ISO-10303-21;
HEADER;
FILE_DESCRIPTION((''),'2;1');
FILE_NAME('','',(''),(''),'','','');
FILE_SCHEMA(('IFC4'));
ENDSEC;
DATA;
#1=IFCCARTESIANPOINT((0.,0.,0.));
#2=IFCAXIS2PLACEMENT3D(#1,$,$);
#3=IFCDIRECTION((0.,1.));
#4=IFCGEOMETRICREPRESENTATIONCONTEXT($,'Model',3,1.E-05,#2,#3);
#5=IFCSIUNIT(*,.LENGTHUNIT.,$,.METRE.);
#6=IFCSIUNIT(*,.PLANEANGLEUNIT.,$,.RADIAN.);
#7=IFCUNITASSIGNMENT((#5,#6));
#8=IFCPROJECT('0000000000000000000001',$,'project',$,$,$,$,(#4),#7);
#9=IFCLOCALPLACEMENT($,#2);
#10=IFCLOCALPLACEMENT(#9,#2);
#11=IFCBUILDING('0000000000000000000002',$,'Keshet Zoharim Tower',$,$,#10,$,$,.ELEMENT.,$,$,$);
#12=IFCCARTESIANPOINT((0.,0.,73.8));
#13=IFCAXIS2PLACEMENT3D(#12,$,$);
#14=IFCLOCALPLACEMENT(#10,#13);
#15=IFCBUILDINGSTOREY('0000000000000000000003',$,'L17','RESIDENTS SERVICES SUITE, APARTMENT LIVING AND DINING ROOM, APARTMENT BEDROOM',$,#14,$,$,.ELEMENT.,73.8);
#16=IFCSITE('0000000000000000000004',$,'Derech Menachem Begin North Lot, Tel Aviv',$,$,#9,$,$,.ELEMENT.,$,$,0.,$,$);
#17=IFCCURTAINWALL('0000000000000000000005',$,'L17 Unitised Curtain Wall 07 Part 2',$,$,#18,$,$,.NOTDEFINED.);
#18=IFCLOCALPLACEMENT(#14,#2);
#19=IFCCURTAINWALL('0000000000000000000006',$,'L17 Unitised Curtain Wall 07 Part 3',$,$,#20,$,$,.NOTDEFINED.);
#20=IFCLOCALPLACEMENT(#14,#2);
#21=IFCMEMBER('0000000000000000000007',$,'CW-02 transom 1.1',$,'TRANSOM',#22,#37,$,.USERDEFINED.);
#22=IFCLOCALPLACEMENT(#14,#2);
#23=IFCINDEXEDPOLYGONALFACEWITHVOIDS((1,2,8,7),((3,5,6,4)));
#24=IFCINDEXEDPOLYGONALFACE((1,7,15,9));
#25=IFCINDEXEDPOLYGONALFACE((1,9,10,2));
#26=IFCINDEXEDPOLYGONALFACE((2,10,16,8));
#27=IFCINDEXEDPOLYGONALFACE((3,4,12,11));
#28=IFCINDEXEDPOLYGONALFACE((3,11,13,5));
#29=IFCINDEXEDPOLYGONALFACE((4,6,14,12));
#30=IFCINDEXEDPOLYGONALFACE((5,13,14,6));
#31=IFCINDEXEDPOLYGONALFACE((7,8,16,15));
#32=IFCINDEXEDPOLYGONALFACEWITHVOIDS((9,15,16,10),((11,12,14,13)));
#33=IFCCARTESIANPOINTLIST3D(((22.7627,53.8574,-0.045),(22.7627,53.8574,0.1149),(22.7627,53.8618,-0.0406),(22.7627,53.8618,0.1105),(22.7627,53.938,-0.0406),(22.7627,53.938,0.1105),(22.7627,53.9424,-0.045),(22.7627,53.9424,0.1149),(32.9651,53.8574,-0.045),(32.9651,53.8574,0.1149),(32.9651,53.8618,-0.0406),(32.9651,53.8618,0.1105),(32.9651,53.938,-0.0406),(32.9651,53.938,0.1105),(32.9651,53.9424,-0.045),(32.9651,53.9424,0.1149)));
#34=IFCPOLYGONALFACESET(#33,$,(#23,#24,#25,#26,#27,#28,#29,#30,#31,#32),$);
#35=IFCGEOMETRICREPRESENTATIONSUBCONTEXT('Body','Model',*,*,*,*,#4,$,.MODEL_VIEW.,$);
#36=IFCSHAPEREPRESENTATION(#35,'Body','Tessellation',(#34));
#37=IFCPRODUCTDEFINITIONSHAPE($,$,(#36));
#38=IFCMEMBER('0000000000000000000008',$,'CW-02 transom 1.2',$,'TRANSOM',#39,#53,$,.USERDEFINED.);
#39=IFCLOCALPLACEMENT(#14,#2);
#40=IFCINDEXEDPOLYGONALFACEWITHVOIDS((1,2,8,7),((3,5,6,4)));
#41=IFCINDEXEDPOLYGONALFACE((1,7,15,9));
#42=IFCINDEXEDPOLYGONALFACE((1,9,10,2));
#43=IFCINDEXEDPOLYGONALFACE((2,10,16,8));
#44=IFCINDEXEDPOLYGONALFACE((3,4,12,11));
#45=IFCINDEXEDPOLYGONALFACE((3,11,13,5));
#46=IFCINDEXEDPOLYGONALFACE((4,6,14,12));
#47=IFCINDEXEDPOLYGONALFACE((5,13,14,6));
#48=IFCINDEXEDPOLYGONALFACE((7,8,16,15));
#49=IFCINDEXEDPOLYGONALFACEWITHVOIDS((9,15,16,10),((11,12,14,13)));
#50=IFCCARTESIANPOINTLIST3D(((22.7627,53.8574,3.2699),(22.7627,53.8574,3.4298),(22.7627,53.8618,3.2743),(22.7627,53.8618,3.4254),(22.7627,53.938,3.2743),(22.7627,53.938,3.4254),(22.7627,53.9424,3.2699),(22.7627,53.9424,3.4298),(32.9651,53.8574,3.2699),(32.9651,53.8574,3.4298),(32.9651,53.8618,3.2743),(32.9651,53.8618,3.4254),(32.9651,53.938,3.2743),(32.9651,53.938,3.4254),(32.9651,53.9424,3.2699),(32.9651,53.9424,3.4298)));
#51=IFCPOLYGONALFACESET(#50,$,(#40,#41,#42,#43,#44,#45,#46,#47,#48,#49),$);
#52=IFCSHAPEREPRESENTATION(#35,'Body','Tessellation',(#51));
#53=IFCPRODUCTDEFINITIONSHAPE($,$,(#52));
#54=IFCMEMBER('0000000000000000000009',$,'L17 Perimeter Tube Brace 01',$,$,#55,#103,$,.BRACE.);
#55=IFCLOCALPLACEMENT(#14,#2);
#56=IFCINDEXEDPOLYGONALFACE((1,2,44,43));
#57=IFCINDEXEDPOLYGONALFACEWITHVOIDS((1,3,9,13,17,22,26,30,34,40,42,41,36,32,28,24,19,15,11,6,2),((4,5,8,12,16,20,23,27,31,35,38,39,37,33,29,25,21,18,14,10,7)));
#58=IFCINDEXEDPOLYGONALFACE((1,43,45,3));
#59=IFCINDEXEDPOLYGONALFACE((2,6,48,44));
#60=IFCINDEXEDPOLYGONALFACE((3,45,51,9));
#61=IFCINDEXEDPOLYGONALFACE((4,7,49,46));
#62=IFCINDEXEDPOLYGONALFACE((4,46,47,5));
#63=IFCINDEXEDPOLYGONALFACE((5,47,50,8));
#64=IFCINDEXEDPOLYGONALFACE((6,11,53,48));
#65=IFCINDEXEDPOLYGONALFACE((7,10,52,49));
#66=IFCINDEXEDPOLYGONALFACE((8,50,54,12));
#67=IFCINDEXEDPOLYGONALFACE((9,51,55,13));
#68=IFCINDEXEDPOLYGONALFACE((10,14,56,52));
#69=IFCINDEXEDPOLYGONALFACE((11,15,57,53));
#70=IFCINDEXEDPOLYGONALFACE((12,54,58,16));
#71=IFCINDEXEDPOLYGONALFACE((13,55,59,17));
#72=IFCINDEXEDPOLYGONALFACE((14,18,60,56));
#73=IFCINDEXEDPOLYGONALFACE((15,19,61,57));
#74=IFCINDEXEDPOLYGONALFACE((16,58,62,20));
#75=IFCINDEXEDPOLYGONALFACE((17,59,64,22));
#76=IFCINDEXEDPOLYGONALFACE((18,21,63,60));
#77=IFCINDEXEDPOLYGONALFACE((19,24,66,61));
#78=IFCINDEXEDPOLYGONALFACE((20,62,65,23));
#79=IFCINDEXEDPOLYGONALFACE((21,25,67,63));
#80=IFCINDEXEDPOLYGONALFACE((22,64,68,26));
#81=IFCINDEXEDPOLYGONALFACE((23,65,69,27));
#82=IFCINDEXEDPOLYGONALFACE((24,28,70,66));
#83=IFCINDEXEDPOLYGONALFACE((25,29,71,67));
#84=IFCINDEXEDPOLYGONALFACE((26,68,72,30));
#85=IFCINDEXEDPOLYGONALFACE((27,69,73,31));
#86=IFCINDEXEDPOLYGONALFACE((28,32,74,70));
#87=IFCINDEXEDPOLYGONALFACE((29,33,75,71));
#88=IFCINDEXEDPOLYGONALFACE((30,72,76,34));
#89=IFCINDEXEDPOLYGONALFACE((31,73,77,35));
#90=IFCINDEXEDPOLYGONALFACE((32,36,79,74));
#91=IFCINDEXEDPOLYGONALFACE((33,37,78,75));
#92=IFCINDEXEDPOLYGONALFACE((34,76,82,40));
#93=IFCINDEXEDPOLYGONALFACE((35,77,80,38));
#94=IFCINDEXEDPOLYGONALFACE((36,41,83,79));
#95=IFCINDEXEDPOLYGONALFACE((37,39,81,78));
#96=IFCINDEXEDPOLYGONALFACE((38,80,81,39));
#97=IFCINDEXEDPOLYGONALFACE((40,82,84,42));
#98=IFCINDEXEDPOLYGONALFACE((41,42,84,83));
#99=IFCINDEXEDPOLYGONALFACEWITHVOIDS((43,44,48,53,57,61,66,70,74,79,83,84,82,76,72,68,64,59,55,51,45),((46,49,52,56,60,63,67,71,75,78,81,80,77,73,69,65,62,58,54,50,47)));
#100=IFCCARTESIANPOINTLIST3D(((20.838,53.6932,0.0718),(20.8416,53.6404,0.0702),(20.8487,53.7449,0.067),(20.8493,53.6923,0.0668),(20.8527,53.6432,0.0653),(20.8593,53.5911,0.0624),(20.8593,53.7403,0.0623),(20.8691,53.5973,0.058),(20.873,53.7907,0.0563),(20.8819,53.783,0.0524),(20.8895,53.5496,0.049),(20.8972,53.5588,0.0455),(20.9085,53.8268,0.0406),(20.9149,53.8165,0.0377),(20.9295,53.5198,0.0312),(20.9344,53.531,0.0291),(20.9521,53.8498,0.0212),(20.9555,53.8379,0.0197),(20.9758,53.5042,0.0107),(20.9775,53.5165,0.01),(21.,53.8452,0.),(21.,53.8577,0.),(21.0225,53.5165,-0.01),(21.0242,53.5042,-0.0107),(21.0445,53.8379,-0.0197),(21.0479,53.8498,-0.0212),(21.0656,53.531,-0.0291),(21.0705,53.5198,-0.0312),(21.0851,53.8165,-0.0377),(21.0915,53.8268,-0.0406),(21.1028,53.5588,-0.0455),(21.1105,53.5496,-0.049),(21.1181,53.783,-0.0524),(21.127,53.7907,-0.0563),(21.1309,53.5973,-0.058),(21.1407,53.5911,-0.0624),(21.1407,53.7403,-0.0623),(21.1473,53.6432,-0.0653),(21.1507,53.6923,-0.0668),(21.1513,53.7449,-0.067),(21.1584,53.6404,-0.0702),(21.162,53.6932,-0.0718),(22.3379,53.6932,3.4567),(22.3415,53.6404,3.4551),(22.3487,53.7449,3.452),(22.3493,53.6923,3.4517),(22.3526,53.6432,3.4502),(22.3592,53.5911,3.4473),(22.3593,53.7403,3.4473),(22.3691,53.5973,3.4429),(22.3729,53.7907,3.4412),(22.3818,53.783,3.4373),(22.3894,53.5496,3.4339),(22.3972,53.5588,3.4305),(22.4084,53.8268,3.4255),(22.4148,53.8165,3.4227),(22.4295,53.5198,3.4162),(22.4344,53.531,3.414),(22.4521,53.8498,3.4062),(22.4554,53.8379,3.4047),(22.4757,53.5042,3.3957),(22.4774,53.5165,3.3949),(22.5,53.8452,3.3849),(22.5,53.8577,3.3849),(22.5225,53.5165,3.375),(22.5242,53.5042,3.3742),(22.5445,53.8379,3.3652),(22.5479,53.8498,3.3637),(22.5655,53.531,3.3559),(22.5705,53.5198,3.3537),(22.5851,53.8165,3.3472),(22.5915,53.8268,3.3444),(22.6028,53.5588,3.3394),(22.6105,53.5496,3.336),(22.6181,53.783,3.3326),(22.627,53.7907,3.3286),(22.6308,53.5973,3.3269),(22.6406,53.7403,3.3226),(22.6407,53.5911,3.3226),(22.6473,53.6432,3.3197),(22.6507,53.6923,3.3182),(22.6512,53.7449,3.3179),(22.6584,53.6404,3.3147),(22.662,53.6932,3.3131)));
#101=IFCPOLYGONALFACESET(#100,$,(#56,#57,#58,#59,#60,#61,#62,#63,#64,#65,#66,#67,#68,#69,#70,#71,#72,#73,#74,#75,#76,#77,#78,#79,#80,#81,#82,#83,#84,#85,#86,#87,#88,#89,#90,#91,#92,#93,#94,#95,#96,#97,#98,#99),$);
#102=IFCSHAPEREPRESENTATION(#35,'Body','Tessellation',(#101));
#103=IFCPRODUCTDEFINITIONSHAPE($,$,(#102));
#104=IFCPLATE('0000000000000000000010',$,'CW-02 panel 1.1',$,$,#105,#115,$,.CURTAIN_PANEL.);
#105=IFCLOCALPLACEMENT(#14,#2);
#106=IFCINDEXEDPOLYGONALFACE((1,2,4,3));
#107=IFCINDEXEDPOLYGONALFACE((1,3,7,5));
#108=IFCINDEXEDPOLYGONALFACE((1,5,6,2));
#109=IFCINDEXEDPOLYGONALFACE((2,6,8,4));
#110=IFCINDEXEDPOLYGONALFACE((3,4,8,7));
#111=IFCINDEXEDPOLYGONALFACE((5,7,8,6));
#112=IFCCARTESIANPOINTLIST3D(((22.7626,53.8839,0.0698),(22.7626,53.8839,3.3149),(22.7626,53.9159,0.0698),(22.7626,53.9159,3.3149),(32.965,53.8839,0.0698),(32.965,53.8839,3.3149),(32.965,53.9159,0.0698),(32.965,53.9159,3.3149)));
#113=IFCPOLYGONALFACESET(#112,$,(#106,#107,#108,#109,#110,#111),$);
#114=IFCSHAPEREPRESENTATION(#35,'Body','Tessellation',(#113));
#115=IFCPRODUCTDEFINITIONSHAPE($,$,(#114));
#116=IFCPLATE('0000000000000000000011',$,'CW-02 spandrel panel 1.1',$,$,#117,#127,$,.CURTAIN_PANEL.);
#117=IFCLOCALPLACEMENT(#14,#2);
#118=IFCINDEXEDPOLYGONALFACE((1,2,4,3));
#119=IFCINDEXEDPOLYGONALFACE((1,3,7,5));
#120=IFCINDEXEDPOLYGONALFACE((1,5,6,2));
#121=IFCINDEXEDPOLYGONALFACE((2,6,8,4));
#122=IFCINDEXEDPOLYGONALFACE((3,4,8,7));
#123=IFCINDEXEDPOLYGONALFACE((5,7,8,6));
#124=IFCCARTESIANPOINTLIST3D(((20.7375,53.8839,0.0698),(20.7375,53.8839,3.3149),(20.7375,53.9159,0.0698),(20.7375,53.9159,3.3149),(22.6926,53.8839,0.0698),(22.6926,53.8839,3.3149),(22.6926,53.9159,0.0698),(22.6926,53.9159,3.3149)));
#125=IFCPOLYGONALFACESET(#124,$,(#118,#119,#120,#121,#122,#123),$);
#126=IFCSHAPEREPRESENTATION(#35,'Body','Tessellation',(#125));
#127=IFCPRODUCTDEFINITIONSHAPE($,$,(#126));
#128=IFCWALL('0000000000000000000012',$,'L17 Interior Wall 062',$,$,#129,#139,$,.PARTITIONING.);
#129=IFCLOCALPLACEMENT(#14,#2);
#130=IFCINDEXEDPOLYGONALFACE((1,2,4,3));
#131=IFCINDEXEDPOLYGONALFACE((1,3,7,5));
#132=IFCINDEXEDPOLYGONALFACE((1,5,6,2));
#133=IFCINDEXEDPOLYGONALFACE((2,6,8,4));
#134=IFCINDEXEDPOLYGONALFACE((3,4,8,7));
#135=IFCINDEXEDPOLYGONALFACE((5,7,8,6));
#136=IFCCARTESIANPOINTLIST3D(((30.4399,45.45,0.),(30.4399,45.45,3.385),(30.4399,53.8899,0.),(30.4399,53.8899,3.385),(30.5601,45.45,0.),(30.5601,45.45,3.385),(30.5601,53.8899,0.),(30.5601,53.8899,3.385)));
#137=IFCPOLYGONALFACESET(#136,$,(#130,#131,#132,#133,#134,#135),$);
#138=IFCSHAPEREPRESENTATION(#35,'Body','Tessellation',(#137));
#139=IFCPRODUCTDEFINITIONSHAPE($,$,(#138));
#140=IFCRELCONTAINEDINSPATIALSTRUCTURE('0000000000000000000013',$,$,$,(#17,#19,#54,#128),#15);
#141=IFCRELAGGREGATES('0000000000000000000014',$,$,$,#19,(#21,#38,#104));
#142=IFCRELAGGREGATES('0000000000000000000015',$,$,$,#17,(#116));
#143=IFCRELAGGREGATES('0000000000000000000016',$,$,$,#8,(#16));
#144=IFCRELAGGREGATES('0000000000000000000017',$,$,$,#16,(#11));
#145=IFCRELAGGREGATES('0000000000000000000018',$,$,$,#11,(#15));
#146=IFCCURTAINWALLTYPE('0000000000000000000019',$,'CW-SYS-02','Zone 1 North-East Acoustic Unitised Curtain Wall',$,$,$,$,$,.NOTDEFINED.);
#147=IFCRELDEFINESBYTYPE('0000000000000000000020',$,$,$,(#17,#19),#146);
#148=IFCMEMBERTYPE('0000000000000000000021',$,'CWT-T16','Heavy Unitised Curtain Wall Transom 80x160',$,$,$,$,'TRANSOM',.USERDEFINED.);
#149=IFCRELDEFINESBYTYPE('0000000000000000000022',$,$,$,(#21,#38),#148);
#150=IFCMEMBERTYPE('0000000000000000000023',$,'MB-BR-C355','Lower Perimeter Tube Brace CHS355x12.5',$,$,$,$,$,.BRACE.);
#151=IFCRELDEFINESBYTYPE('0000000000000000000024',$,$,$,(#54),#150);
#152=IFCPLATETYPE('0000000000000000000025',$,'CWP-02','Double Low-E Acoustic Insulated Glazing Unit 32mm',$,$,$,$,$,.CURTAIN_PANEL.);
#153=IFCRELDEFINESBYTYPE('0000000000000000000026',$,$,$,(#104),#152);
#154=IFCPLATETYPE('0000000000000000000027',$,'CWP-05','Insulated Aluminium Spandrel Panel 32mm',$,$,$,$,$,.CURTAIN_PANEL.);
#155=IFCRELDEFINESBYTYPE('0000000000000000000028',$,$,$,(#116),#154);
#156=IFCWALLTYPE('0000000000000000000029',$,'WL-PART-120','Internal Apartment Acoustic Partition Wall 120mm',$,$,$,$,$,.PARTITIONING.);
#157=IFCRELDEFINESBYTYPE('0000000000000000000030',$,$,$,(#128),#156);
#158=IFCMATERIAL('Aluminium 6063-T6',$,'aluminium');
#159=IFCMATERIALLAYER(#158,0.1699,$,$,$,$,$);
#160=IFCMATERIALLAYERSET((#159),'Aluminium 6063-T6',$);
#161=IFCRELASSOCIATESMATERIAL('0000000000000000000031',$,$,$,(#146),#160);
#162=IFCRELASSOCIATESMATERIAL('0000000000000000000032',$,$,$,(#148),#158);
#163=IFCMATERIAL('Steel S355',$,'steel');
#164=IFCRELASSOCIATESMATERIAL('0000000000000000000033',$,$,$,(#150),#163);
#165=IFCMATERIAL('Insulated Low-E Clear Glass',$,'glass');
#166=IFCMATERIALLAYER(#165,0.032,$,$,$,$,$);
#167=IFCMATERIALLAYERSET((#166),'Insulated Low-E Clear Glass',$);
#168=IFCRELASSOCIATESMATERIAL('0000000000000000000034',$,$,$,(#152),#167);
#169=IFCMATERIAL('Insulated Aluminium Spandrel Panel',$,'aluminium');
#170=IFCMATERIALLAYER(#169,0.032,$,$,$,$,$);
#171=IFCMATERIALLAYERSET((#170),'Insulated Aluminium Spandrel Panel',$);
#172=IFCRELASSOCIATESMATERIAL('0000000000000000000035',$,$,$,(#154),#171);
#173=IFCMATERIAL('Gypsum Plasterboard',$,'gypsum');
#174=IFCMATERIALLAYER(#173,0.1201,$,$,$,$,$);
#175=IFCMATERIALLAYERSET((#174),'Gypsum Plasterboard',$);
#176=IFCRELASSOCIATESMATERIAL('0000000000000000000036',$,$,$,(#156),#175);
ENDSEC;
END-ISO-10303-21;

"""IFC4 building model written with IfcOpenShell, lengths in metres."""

from ifc_helpers import new_model, si_unit, direction, frame, frame_2d, origin, origin_2d, place, context, subcontext, project, spatial, rectangle, hollow_rectangle, hollow_circle, extrude, material, layer, layer_set, material_profile, profile_set, type_object, element, aggregate, save


model = new_model("IFC4")

# Units and contexts
model_context = context("Model", 3, precision=1e-05, world=origin(), true_north=direction((0.0, 1.0)))
body_context = subcontext(model_context, "Body", "Model", "MODEL_VIEW")
ifc_project = project(units=[si_unit("LENGTHUNIT", "METRE"), si_unit("PLANEANGLEUNIT", "RADIAN")], contexts=[model_context])

# Site, building, storey
site_placement = place(None, origin())
site = spatial("IfcSite", under=ifc_project, at=site_placement, Name="Derech Menachem Begin North Lot, Tel Aviv", CompositionType="ELEMENT", RefElevation=0.0)
building_placement = place(site_placement, origin())
building = spatial("IfcBuilding", under=site, at=building_placement, Name="Keshet Zoharim Tower", CompositionType="ELEMENT")
storey_placement = place(building_placement, frame((0.0, 0.0, 73.8)))
storey = spatial("IfcBuildingStorey", under=building, at=storey_placement, Name="L17", Description="RESIDENTS SERVICES SUITE, APARTMENT LIVING AND DINING ROOM, APARTMENT BEDROOM", CompositionType="ELEMENT", Elevation=73.8)

# Shared definitions
ifc_material_1 = material(Name="Steel S355", Category="steel")

# Curtain walls
ifc_material_2 = material(Name="Aluminium 6063-T6", Category="aluminium")
ifc_layer_1 = layer(ifc_material_2, 0.1699)
ifc_layer_set_1 = layer_set([ifc_layer_1], Name="Aluminium 6063-T6")
curtain_wall_type = type_object("IfcCurtainWallType", Name="CW-SYS-02", Description="Zone 1 North-East Acoustic Unitised Curtain Wall", PredefinedType="NOTDEFINED", material=ifc_layer_set_1)
curtain_wall_1_placement = place(storey_placement, origin())
curtain_wall_1 = element("IfcCurtainWall", 1, at=curtain_wall_1_placement, inside=storey, type_object=curtain_wall_type, Name="L17 Unitised Curtain Wall 07 Part 2", PredefinedType="NOTDEFINED")
curtain_wall_2_placement = place(storey_placement, origin())
curtain_wall_2 = element("IfcCurtainWall", 2, at=curtain_wall_2_placement, inside=storey, type_object=curtain_wall_type, Name="L17 Unitised Curtain Wall 07 Part 3", PredefinedType="NOTDEFINED")

# Members
ifc_material_profile_1 = material_profile(ifc_material_2, hollow_rectangle(XDim=0.085, YDim=0.1599, WallThickness=0.0044, at=origin_2d()), Name="TRN-85x160")
ifc_profile_set_1 = profile_set([ifc_material_profile_1], Name="Aluminium 6063-T6")
member_type_1 = type_object("IfcMemberType", Name="CWT-T16", Description="Heavy Unitised Curtain Wall Transom 80x160", ElementType="TRANSOM", PredefinedType="USERDEFINED", material=ifc_profile_set_1)
member_1_placement = place(storey_placement, frame((22.7627, 53.8999, 0.0349), z_axis=(1.0, 0.0, 0.0), x_axis=(0.0, 1.0, 0.0)))
member_1 = element("IfcMember", 3, at=member_1_placement, type_object=member_type_1, Name="CW-02 transom 1.1", ObjectType="TRANSOM", PredefinedType="USERDEFINED", context=body_context, shape_type="SweptSolid", body=[
    extrude(hollow_rectangle(XDim=0.085, YDim=0.1599, WallThickness=0.0044, at=origin_2d()), origin(), (0.0, 0.0, 1.0), 10.2024),
])
member_2_placement = place(storey_placement, frame((22.7627, 53.8999, 3.3499), z_axis=(1.0, 0.0, 0.0), x_axis=(0.0, 1.0, 0.0)))
member_2 = element("IfcMember", 4, at=member_2_placement, type_object=member_type_1, Name="CW-02 transom 1.2", ObjectType="TRANSOM", PredefinedType="USERDEFINED", context=body_context, shape_type="SweptSolid", body=[
    extrude(hollow_rectangle(XDim=0.085, YDim=0.1599, WallThickness=0.0044, at=origin_2d()), origin(), (0.0, 0.0, 1.0), 10.2024),
])
ifc_material_profile_2 = material_profile(ifc_material_1, hollow_circle(Radius=0.1777, WallThickness=0.0125, at=origin_2d()), Name="CHS355x12.5")
ifc_profile_set_2 = profile_set([ifc_material_profile_2], Name="Steel S355")
member_type_2 = type_object("IfcMemberType", Name="MB-BR-C355", Description="Lower Perimeter Tube Brace CHS355x12.5", PredefinedType="BRACE", material=ifc_profile_set_2)
member_3_placement = place(storey_placement, frame((21.0, 53.6799, 0.0), z_axis=(0.405135, 0.0, 0.914257), x_axis=(0.0, 1.0, 0.0)))
element("IfcMember", 5, at=member_3_placement, inside=storey, type_object=member_type_2, Name="L17 Perimeter Tube Brace 01", PredefinedType="BRACE", context=body_context, shape_type="SweptSolid", body=[
    extrude(hollow_circle(Radius=0.1777, WallThickness=0.0125, at=origin_2d()), origin(), (0.0, 0.0, 1.0), 3.7024),
])

# Plates
ifc_material_3 = material(Name="Insulated Low-E Clear Glass", Category="glass")
ifc_layer_2 = layer(ifc_material_3, 0.032)
ifc_layer_set_2 = layer_set([ifc_layer_2], Name="Insulated Low-E Clear Glass")
plate_type_1 = type_object("IfcPlateType", Name="CWP-02", Description="Double Low-E Acoustic Insulated Glazing Unit 32mm", PredefinedType="CURTAIN_PANEL", material=ifc_layer_set_2)
plate_1_placement = place(storey_placement, frame((27.8638, 53.8999, 0.0698), z_axis=(0.0, 0.0, 1.0), x_axis=(1.0, 0.0, 0.0)))
plate_1 = element("IfcPlate", 6, at=plate_1_placement, type_object=plate_type_1, Name="CW-02 panel 1.1", PredefinedType="CURTAIN_PANEL", context=body_context, shape_type="SweptSolid", body=[
    extrude(rectangle(XDim=10.2024, YDim=0.032, at=origin_2d()), origin(), (0.0, 0.0, 1.0), 3.2451),
])
aggregate(curtain_wall_2, [member_1, member_2, plate_1])
ifc_material_4 = material(Name="Insulated Aluminium Spandrel Panel", Category="aluminium")
ifc_layer_3 = layer(ifc_material_4, 0.032)
ifc_layer_set_3 = layer_set([ifc_layer_3], Name="Insulated Aluminium Spandrel Panel")
plate_type_2 = type_object("IfcPlateType", Name="CWP-05", Description="Insulated Aluminium Spandrel Panel 32mm", PredefinedType="CURTAIN_PANEL", material=ifc_layer_set_3)
plate_2_placement = place(storey_placement, frame((21.7151, 53.8999, 0.0698), z_axis=(0.0, 0.0, 1.0), x_axis=(1.0, 0.0, 0.0)))
plate_2 = element("IfcPlate", 7, at=plate_2_placement, type_object=plate_type_2, Name="CW-02 spandrel panel 1.1", PredefinedType="CURTAIN_PANEL", context=body_context, shape_type="SweptSolid", body=[
    extrude(rectangle(XDim=1.9551, YDim=0.032, at=origin_2d()), origin(), (0.0, 0.0, 1.0), 3.2451),
])
aggregate(curtain_wall_1, [plate_2])

# Wall
ifc_material_5 = material(Name="Gypsum Plasterboard", Category="gypsum")
ifc_layer_4 = layer(ifc_material_5, 0.1201)
ifc_layer_set_4 = layer_set([ifc_layer_4], Name="Gypsum Plasterboard")
wall_type = type_object("IfcWallType", Name="WL-PART-120", Description="Internal Apartment Acoustic Partition Wall 120mm", PredefinedType="PARTITIONING", material=ifc_layer_set_4)
wall_1_placement = place(storey_placement, frame((30.5, 45.45, 0.0), z_axis=(0.0, 0.0, 1.0), x_axis=(0.0, 1.0, 0.0)))
element("IfcWall", 8, at=wall_1_placement, inside=storey, type_object=wall_type, Name="L17 Interior Wall 062", PredefinedType="PARTITIONING", context=body_context, shape_type="SweptSolid", body=[
    extrude(rectangle(XDim=8.4399, YDim=0.1201, at=frame_2d((4.22, 0.0))), origin(), (0.0, 0.0, 1.0), 3.385),
])

save(model, "model.ifc")
